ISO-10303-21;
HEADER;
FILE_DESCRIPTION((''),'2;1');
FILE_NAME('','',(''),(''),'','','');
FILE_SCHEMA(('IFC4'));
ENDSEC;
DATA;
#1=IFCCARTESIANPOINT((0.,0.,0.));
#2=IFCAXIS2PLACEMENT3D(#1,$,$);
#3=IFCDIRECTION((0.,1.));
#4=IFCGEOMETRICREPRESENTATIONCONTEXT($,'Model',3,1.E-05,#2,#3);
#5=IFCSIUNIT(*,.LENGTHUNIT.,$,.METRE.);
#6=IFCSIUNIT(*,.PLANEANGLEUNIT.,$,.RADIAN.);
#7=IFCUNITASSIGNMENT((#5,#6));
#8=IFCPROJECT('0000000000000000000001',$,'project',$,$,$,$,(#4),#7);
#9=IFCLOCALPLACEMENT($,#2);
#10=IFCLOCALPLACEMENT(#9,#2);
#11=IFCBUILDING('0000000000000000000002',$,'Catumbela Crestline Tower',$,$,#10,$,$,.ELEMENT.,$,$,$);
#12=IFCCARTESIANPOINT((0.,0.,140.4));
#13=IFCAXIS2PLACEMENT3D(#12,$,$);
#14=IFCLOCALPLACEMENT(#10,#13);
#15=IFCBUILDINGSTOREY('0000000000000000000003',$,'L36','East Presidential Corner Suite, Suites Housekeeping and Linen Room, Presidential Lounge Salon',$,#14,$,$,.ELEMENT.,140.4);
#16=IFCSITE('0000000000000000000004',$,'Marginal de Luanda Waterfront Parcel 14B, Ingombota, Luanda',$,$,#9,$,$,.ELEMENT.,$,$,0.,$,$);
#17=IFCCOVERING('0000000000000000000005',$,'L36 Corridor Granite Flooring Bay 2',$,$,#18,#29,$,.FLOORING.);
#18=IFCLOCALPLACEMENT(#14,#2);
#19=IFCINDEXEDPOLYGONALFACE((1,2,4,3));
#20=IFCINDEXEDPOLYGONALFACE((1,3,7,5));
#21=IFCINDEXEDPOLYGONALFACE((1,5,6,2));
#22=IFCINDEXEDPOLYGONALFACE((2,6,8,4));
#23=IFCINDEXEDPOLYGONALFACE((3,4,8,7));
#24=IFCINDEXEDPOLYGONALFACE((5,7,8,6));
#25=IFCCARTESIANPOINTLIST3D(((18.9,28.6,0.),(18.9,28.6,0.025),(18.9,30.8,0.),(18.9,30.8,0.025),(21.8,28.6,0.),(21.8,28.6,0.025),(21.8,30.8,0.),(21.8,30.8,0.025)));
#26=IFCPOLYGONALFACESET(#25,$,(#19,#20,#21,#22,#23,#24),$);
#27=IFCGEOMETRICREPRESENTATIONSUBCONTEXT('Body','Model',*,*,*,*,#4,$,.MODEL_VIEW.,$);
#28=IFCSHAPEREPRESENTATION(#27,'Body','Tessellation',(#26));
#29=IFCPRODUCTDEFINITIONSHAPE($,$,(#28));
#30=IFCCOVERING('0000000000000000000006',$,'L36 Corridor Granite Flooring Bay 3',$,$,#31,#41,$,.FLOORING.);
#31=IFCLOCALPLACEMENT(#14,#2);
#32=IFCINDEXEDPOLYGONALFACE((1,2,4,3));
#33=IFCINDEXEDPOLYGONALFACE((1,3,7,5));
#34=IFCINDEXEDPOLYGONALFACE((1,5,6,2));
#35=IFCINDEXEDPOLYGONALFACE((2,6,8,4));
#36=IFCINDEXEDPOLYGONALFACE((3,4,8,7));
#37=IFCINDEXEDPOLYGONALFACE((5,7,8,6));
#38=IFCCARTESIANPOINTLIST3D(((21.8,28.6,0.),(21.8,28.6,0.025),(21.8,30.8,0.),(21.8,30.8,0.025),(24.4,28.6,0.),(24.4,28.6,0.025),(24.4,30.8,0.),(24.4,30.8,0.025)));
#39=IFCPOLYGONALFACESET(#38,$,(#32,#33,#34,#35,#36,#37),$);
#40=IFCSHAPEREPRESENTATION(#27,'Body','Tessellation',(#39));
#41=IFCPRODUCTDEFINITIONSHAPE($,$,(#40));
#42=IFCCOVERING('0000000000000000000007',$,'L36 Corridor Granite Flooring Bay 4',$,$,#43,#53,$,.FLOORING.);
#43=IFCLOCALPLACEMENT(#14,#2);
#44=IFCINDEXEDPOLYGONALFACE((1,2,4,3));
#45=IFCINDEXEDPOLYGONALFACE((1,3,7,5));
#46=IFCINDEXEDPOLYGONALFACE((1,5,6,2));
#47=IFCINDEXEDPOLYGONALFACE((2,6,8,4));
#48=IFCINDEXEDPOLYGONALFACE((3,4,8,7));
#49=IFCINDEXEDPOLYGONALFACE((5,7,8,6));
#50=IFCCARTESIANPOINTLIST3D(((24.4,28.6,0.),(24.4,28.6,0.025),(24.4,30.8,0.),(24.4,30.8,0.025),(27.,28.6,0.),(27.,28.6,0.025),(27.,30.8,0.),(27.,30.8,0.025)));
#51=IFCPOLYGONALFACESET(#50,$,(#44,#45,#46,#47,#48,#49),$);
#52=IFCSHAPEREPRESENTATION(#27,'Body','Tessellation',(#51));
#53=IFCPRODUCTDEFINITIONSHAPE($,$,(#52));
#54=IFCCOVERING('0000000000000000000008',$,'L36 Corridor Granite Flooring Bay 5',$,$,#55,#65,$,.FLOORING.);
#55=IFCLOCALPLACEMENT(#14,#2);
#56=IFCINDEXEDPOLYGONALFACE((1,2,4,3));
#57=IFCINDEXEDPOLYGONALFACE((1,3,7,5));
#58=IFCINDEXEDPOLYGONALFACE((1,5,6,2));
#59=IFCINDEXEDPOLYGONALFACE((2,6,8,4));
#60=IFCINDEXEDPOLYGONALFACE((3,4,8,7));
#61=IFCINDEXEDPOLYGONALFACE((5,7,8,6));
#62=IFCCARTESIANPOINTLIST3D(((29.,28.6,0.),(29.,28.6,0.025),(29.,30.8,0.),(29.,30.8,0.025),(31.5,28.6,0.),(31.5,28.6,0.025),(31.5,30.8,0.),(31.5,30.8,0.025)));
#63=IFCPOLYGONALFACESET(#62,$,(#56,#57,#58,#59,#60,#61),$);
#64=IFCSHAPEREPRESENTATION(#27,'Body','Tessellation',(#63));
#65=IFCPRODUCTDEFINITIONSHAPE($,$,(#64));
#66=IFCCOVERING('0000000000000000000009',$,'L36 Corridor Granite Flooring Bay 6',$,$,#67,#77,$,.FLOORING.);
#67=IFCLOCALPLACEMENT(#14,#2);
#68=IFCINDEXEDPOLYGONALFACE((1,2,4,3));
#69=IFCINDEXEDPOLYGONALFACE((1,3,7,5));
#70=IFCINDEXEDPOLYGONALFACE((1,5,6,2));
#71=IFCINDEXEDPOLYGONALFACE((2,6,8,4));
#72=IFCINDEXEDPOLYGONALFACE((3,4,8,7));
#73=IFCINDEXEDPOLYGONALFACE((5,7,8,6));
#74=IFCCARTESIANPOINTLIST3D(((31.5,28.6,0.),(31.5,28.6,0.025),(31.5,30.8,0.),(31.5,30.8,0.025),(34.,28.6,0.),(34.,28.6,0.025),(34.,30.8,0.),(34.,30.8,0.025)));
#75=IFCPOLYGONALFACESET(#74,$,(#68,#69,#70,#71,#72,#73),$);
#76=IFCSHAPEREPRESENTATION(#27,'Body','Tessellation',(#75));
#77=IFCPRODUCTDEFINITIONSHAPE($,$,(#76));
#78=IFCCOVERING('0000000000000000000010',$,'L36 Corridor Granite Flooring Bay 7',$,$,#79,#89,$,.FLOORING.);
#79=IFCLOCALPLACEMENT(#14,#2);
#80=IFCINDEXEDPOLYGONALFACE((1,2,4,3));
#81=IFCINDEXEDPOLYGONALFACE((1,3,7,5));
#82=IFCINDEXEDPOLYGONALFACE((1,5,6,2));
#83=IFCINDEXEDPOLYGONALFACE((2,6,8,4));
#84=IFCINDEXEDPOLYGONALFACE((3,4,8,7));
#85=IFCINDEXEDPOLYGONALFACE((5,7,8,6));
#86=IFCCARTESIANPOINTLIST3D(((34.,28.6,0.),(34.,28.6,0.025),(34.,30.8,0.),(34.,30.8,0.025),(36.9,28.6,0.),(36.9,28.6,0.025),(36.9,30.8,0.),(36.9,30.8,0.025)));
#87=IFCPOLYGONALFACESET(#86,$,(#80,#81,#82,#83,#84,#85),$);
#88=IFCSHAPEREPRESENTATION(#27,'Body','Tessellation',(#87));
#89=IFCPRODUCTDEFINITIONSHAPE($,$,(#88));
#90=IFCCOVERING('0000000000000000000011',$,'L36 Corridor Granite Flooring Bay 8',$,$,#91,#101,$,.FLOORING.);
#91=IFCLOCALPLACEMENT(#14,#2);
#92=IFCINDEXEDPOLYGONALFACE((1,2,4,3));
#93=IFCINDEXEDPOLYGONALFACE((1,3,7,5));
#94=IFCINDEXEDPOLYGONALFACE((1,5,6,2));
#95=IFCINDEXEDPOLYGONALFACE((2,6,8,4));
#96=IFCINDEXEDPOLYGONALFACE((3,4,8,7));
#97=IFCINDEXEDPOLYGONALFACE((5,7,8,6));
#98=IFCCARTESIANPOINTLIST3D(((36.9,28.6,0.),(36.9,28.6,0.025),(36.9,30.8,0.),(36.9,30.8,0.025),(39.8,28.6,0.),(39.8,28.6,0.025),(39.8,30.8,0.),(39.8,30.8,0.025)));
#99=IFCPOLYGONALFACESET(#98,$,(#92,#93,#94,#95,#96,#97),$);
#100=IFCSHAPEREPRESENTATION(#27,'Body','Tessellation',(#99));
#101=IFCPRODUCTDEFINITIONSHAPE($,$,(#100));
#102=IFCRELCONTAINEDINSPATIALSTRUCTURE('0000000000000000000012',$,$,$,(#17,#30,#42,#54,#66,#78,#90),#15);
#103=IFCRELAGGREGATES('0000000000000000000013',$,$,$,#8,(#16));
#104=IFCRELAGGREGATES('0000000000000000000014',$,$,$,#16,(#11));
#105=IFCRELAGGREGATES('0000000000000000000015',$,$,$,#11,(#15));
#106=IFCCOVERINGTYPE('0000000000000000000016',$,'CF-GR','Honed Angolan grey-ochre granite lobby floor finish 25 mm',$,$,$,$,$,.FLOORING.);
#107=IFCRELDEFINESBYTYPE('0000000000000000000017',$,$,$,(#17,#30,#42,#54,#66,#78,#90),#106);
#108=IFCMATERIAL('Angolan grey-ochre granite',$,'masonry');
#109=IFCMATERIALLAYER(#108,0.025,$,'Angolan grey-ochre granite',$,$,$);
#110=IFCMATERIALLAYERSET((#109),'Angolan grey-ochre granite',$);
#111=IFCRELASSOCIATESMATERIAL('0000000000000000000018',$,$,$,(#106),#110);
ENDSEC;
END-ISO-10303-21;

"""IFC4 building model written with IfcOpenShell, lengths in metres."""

from ifc_helpers import new_model, si_unit, direction, frame, origin, place, context, subcontext, project, spatial, polyline, outline, extrude, material, layer, layer_set, type_object, element, save


model = new_model("IFC4")

# Units and contexts
model_context = context("Model", 3, precision=1e-05, world=origin(), true_north=direction((0.0, 1.0)))
body_context = subcontext(model_context, "Body", "Model", "MODEL_VIEW")
ifc_project = project(units=[si_unit("LENGTHUNIT", "METRE"), si_unit("PLANEANGLEUNIT", "RADIAN")], contexts=[model_context])

# Site, building, storey
site_placement = place(None, origin())
site = spatial("IfcSite", under=ifc_project, at=site_placement, Name="Marginal de Luanda Waterfront Parcel 14B, Ingombota, Luanda", CompositionType="ELEMENT", RefElevation=0.0)
building_placement = place(site_placement, origin())
building = spatial("IfcBuilding", under=site, at=building_placement, Name="Catumbela Crestline Tower", CompositionType="ELEMENT")
storey_placement = place(building_placement, frame((0.0, 0.0, 140.4)))
storey = spatial("IfcBuildingStorey", under=building, at=storey_placement, Name="L36", Description="East Presidential Corner Suite, Suites Housekeeping and Linen Room, Presidential Lounge Salon", CompositionType="ELEMENT", Elevation=140.4)

# Shared definitions
ifc_material_1 = material(Name="Angolan grey-ochre granite", Category="masonry")

# Coverings
ifc_layer_1 = layer(ifc_material_1, 0.025, Name="Angolan grey-ochre granite")
ifc_layer_set_1 = layer_set([ifc_layer_1], Name="Angolan grey-ochre granite")
covering_type_1 = type_object("IfcCoveringType", Name="CF-GR", Description="Honed Angolan grey-ochre granite lobby floor finish 25 mm", PredefinedType="FLOORING", material=ifc_layer_set_1)
covering_1_placement = place(storey_placement, origin())
element("IfcCovering", 1, at=covering_1_placement, inside=storey, type_object=covering_type_1, Name="L36 Corridor Granite Flooring Bay 2", PredefinedType="FLOORING", context=body_context, shape_type="SweptSolid", body=[
    extrude(outline(polyline([(18.9, 28.6), (21.8, 28.6), (21.8, 30.8), (18.9, 30.8), (18.9, 28.6)])), origin(), (0.0, 0.0, 1.0), 0.025),
])
covering_2_placement = place(storey_placement, origin())
element("IfcCovering", 2, at=covering_2_placement, inside=storey, type_object=covering_type_1, Name="L36 Corridor Granite Flooring Bay 3", PredefinedType="FLOORING", context=body_context, shape_type="SweptSolid", body=[
    extrude(outline(polyline([(21.8, 28.6), (24.4, 28.6), (24.4, 30.8), (21.8, 30.8), (21.8, 28.6)])), origin(), (0.0, 0.0, 1.0), 0.025),
])
covering_3_placement = place(storey_placement, origin())
element("IfcCovering", 3, at=covering_3_placement, inside=storey, type_object=covering_type_1, Name="L36 Corridor Granite Flooring Bay 4", PredefinedType="FLOORING", context=body_context, shape_type="SweptSolid", body=[
    extrude(outline(polyline([(24.4, 28.6), (27.0, 28.6), (27.0, 30.8), (24.4, 30.8), (24.4, 28.6)])), origin(), (0.0, 0.0, 1.0), 0.025),
])
covering_4_placement = place(storey_placement, origin())
element("IfcCovering", 4, at=covering_4_placement, inside=storey, type_object=covering_type_1, Name="L36 Corridor Granite Flooring Bay 5", PredefinedType="FLOORING", context=body_context, shape_type="SweptSolid", body=[
    extrude(outline(polyline([(29.0, 28.6), (31.5, 28.6), (31.5, 30.8), (29.0, 30.8), (29.0, 28.6)])), origin(), (0.0, 0.0, 1.0), 0.025),
])
covering_5_placement = place(storey_placement, origin())
element("IfcCovering", 5, at=covering_5_placement, inside=storey, type_object=covering_type_1, Name="L36 Corridor Granite Flooring Bay 6", PredefinedType="FLOORING", context=body_context, shape_type="SweptSolid", body=[
    extrude(outline(polyline([(31.5, 28.6), (34.0, 28.6), (34.0, 30.8), (31.5, 30.8), (31.5, 28.6)])), origin(), (0.0, 0.0, 1.0), 0.025),
])
covering_6_placement = place(storey_placement, origin())
element("IfcCovering", 6, at=covering_6_placement, inside=storey, type_object=covering_type_1, Name="L36 Corridor Granite Flooring Bay 7", PredefinedType="FLOORING", context=body_context, shape_type="SweptSolid", body=[
    extrude(outline(polyline([(34.0, 28.6), (36.9, 28.6), (36.9, 30.8), (34.0, 30.8), (34.0, 28.6)])), origin(), (0.0, 0.0, 1.0), 0.025),
])
covering_7_placement = place(storey_placement, origin())
element("IfcCovering", 7, at=covering_7_placement, inside=storey, type_object=covering_type_1, Name="L36 Corridor Granite Flooring Bay 8", PredefinedType="FLOORING", context=body_context, shape_type="SweptSolid", body=[
    extrude(outline(polyline([(36.9, 28.6), (39.8, 28.6), (39.8, 30.8), (36.9, 30.8), (36.9, 28.6)])), origin(), (0.0, 0.0, 1.0), 0.025),
])

save(model, "model.ifc")
